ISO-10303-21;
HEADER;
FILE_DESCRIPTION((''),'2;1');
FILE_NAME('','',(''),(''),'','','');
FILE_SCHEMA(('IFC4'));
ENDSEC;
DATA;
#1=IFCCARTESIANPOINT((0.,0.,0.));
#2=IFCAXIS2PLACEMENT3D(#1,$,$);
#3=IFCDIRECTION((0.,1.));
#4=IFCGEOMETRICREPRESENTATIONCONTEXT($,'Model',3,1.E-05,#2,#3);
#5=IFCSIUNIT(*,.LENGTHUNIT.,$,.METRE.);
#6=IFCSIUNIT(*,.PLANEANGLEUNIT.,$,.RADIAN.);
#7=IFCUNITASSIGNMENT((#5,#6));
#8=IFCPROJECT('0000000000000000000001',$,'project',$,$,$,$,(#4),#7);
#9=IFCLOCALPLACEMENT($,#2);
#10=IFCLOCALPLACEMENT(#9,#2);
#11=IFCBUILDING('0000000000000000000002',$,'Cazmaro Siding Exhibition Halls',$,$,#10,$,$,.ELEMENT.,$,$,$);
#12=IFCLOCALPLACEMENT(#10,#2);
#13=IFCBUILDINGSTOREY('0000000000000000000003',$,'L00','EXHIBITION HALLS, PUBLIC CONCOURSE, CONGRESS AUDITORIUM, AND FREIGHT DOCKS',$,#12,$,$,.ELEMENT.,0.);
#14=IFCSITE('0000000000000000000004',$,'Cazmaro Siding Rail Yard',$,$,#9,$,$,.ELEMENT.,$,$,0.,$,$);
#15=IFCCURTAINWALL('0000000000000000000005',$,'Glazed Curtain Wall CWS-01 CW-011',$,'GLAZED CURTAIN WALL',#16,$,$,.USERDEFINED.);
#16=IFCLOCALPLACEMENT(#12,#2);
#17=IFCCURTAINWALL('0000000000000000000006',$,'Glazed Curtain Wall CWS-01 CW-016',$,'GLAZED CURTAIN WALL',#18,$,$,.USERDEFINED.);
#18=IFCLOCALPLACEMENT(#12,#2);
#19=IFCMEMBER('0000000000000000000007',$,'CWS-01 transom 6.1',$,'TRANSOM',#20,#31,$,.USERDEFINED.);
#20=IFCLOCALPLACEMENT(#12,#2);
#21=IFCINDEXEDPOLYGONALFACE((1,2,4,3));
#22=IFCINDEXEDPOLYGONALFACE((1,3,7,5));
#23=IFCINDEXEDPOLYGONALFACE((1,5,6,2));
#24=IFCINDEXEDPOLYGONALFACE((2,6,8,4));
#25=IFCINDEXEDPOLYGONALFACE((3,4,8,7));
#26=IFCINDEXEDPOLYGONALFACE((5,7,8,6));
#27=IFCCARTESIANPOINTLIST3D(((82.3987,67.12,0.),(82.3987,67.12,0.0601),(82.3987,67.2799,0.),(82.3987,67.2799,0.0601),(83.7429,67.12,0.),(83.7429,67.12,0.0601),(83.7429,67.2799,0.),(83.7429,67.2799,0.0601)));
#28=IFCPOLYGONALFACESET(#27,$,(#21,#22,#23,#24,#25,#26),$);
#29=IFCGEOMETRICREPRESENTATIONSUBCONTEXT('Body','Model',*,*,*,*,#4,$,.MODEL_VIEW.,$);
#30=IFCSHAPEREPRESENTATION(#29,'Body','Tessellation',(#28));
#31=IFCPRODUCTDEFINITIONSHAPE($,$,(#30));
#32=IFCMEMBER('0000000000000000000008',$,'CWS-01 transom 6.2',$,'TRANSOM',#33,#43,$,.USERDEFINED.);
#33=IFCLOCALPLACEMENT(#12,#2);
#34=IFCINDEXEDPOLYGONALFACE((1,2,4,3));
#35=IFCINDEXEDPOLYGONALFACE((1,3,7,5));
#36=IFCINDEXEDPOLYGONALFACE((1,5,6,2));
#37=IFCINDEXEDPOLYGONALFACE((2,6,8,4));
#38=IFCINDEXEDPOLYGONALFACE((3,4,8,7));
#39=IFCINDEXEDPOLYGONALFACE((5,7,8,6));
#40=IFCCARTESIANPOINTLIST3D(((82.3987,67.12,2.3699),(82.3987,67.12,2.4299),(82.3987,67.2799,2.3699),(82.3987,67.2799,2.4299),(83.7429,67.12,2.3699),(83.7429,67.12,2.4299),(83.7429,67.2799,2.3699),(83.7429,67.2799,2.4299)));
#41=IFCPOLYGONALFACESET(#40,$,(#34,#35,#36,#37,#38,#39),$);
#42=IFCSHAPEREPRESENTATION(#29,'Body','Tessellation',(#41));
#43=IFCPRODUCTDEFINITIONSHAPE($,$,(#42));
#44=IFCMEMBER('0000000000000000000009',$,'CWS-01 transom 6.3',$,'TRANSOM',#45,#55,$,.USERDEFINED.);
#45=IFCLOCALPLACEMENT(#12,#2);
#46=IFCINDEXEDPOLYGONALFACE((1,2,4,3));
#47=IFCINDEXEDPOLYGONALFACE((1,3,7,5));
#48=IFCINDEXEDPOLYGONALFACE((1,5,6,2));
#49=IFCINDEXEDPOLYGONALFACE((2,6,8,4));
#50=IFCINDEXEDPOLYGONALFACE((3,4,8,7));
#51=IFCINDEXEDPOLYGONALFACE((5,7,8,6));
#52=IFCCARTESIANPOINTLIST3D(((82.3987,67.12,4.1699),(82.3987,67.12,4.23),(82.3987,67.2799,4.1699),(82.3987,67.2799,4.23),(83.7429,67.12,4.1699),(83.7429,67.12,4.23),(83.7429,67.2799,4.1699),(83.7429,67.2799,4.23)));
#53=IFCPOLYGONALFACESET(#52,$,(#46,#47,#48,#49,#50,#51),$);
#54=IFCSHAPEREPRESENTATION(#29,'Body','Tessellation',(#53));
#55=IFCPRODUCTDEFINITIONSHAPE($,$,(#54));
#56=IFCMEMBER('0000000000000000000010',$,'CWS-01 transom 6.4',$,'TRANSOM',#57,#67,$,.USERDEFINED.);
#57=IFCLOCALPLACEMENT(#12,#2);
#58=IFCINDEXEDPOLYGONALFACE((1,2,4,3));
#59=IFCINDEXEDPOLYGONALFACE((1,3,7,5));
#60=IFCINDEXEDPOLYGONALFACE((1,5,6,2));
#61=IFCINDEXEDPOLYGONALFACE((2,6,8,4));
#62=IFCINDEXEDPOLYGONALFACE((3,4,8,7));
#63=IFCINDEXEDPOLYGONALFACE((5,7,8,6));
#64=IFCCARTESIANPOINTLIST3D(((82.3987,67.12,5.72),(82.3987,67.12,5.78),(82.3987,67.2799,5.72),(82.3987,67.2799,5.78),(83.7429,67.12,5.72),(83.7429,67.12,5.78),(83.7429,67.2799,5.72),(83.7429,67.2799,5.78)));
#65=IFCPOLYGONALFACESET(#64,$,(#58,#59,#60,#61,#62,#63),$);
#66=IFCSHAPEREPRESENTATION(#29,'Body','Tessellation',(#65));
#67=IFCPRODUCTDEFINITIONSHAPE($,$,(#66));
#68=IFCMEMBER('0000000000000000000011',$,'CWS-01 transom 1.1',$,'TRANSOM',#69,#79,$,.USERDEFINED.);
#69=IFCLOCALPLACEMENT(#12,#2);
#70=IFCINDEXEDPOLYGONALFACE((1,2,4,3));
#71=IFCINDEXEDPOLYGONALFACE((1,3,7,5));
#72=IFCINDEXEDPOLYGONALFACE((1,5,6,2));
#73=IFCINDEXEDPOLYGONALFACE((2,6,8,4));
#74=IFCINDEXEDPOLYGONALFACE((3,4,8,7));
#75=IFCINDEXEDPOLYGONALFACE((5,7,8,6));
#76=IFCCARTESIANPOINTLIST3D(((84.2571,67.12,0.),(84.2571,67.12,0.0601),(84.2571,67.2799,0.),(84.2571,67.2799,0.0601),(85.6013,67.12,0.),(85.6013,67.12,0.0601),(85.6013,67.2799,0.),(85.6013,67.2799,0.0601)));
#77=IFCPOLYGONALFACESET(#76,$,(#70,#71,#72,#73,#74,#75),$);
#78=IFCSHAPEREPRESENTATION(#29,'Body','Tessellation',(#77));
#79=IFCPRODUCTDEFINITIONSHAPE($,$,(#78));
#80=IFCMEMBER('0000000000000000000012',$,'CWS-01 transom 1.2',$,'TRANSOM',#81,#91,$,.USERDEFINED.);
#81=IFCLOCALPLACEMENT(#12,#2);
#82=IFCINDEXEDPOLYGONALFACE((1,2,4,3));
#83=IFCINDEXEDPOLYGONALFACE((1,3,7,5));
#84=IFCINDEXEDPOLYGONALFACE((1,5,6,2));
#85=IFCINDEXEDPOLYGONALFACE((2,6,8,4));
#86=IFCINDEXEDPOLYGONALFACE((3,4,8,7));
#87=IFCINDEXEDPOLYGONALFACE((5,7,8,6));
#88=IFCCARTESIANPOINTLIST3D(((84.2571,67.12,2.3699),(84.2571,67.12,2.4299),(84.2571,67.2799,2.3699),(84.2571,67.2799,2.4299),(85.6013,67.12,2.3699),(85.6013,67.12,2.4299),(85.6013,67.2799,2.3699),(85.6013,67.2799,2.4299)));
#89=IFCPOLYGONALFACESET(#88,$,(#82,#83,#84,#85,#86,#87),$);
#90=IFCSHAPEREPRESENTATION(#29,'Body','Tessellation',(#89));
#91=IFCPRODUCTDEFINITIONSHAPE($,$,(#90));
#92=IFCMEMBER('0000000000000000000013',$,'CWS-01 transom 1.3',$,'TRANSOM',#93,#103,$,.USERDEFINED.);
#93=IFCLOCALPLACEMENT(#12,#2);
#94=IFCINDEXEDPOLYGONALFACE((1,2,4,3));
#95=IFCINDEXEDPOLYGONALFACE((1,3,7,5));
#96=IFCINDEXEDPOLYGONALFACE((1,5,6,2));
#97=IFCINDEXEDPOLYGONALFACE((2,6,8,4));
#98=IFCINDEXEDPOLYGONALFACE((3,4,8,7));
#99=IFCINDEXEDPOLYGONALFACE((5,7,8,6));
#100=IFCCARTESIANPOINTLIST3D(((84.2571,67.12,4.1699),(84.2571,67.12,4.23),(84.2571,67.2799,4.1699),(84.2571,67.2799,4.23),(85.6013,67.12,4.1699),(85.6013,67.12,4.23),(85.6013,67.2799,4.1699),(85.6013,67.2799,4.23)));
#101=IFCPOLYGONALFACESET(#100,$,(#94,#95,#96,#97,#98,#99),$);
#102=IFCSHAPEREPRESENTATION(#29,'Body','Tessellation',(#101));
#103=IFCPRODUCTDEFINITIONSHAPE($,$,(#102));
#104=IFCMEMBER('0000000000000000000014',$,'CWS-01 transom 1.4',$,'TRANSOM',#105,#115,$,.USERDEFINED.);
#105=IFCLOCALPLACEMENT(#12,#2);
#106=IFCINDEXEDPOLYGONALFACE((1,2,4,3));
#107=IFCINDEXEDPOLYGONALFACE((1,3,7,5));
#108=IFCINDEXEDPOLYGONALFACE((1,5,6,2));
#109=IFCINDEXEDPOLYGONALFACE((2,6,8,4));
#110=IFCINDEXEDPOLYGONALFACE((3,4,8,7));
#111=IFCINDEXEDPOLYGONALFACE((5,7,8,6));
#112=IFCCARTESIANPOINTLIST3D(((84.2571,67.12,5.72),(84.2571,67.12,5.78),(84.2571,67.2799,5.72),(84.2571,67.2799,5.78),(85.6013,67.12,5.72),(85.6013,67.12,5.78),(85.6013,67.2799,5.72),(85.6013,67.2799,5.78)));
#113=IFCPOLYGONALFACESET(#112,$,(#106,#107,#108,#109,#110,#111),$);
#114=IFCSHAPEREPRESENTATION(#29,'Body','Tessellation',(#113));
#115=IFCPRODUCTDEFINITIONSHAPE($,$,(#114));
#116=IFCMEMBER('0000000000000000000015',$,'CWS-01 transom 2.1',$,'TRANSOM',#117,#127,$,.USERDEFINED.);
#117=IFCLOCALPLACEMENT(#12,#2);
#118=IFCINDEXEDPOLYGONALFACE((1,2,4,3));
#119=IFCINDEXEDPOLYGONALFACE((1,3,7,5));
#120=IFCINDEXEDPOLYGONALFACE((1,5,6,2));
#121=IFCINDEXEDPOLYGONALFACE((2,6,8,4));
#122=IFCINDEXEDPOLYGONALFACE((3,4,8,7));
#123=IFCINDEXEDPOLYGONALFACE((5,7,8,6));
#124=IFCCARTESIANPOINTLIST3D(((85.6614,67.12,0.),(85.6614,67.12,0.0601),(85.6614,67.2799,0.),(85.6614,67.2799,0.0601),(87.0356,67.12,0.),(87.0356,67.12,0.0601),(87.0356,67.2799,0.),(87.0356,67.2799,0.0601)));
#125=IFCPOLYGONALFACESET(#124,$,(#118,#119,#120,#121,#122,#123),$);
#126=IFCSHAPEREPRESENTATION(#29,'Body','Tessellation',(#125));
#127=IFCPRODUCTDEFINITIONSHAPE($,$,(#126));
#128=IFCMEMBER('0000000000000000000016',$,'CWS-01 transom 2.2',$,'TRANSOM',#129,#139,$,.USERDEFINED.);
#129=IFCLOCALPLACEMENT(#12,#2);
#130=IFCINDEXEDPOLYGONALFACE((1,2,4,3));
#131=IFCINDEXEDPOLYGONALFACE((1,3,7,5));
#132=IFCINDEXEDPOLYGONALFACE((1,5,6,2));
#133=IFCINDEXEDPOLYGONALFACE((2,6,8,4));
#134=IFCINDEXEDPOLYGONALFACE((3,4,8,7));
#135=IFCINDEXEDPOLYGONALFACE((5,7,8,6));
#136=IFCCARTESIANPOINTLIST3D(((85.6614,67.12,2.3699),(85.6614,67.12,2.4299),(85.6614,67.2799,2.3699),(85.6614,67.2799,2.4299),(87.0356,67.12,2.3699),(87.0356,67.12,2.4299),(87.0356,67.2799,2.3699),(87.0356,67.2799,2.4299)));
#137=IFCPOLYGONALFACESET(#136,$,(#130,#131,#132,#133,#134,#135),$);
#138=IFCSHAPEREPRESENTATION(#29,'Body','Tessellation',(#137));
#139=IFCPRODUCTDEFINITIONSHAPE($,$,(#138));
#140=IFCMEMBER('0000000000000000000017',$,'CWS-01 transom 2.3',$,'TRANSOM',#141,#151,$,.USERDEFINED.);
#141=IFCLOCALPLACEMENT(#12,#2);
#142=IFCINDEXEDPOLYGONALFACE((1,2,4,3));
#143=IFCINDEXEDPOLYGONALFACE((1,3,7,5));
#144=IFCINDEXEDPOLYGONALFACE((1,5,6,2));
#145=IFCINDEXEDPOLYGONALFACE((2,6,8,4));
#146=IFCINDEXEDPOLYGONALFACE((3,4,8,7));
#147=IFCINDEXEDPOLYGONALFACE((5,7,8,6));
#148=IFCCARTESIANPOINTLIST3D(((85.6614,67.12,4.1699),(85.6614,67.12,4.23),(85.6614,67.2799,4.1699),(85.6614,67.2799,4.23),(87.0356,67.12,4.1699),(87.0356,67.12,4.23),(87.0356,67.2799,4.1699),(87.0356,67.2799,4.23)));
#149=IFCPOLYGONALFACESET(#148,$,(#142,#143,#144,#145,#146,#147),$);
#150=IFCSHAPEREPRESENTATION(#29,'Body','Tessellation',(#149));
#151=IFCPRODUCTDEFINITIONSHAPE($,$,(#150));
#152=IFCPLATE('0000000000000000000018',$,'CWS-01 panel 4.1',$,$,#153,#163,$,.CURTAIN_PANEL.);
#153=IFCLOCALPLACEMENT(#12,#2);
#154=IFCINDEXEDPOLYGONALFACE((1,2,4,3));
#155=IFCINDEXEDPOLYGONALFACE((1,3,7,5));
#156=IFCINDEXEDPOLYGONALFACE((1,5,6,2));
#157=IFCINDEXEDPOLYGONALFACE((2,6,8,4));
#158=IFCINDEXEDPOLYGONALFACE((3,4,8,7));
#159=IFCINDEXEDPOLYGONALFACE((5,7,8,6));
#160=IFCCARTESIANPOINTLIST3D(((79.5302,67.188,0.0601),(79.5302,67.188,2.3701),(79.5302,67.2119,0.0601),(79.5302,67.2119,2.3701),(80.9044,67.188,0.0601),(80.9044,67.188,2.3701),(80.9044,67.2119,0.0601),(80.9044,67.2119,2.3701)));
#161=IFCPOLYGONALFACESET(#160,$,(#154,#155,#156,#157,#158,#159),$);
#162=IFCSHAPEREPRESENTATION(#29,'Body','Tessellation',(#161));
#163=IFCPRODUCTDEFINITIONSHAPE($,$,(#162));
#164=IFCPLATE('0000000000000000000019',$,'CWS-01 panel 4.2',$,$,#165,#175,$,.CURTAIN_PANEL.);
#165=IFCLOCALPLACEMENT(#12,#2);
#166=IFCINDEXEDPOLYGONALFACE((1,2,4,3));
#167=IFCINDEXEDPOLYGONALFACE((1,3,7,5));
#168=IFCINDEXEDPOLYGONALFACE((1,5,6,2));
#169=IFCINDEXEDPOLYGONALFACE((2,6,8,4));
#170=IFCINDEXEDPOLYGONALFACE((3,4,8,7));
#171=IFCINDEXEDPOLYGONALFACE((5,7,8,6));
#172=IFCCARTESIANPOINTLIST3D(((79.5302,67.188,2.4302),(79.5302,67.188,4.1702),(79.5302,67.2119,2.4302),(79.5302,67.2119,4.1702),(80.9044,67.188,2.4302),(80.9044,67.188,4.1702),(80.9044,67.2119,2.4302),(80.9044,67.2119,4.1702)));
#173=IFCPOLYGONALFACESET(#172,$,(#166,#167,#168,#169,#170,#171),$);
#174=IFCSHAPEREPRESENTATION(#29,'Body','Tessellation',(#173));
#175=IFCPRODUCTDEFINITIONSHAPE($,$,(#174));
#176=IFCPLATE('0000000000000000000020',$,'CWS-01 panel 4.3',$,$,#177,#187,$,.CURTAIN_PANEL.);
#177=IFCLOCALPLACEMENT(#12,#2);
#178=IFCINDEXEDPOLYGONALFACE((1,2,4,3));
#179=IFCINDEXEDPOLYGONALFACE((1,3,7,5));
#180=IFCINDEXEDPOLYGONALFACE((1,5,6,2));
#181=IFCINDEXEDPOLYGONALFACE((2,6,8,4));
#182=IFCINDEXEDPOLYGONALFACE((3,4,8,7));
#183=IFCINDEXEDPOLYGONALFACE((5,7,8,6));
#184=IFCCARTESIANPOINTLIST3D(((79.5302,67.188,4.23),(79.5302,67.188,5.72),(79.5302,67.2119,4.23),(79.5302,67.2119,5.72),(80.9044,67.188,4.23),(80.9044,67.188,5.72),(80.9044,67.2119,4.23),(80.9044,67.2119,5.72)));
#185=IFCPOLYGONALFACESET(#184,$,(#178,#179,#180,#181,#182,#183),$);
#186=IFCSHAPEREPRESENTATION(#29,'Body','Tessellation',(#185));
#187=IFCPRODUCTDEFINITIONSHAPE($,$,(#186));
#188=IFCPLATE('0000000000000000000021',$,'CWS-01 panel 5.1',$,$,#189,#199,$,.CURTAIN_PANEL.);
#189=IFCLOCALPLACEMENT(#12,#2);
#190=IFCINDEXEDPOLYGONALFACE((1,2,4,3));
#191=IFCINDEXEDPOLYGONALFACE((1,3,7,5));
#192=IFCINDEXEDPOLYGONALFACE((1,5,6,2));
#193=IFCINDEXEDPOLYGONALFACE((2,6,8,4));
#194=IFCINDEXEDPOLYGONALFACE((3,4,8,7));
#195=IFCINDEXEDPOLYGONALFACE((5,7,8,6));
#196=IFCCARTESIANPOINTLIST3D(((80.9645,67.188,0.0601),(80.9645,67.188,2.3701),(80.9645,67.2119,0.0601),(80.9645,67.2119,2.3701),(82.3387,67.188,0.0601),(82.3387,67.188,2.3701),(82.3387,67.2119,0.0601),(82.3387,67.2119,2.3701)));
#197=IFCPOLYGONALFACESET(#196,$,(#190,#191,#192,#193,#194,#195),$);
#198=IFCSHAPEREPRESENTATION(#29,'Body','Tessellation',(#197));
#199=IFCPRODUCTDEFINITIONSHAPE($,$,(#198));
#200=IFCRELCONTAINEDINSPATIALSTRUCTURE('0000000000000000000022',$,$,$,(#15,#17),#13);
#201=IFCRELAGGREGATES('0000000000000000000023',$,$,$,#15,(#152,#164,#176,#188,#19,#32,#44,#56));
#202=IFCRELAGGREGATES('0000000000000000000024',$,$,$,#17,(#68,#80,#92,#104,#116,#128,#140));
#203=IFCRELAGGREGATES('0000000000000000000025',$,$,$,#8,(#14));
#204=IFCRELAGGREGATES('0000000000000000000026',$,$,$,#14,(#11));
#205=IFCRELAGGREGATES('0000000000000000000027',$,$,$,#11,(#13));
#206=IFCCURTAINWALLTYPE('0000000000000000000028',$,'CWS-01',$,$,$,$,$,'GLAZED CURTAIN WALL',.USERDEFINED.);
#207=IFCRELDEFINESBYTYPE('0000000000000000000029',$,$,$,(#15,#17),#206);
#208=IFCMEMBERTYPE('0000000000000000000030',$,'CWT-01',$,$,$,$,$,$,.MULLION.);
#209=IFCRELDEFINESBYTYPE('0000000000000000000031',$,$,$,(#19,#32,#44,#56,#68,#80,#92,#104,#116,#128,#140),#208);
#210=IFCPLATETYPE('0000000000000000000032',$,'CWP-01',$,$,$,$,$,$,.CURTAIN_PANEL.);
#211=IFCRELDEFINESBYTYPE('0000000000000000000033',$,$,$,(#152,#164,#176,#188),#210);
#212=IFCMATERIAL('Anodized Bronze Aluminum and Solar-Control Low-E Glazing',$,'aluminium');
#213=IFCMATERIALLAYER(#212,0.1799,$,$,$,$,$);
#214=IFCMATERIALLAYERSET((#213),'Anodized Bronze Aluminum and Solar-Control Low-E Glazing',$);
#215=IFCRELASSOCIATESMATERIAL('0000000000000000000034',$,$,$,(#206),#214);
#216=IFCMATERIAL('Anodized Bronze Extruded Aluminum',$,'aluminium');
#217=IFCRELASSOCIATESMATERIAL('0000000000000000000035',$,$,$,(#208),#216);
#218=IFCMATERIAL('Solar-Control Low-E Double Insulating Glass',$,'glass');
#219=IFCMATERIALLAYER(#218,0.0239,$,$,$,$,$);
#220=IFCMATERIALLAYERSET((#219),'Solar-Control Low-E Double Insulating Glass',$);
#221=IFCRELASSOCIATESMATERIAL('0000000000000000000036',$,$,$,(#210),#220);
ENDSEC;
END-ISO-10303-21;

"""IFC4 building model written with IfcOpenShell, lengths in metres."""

from ifc_helpers import new_model, si_unit, direction, frame, origin, origin_2d, place, context, subcontext, project, spatial, rectangle, extrude, material, layer, layer_set, material_profile, profile_set, type_object, element, aggregate, save


model = new_model("IFC4")

# Units and contexts
model_context = context("Model", 3, precision=1e-05, world=origin(), true_north=direction((0.0, 1.0)))
body_context = subcontext(model_context, "Body", "Model", "MODEL_VIEW")
ifc_project = project(units=[si_unit("LENGTHUNIT", "METRE"), si_unit("PLANEANGLEUNIT", "RADIAN")], contexts=[model_context])

# Site, building, storey
site_placement = place(None, origin())
site = spatial("IfcSite", under=ifc_project, at=site_placement, Name="Cazmaro Siding Rail Yard", CompositionType="ELEMENT", RefElevation=0.0)
building_placement = place(site_placement, origin())
building = spatial("IfcBuilding", under=site, at=building_placement, Name="Cazmaro Siding Exhibition Halls", CompositionType="ELEMENT")
storey_placement = place(building_placement, origin())
storey = spatial("IfcBuildingStorey", under=building, at=storey_placement, Name="L00", Description="EXHIBITION HALLS, PUBLIC CONCOURSE, CONGRESS AUDITORIUM, AND FREIGHT DOCKS", CompositionType="ELEMENT", Elevation=0.0)

# Curtain walls
ifc_material_1 = material(Name="Anodized Bronze Aluminum and Solar-Control Low-E Glazing", Category="aluminium")
ifc_layer_1 = layer(ifc_material_1, 0.1799)
ifc_layer_set_1 = layer_set([ifc_layer_1], Name="Anodized Bronze Aluminum and Solar-Control Low-E Glazing")
curtain_wall_type = type_object("IfcCurtainWallType", Name="CWS-01", ElementType="GLAZED CURTAIN WALL", PredefinedType="USERDEFINED", material=ifc_layer_set_1)
curtain_wall_1_placement = place(storey_placement, origin())
curtain_wall_1 = element("IfcCurtainWall", 1, at=curtain_wall_1_placement, inside=storey, type_object=curtain_wall_type, Name="Glazed Curtain Wall CWS-01 CW-011", ObjectType="GLAZED CURTAIN WALL", PredefinedType="USERDEFINED")
curtain_wall_2_placement = place(storey_placement, origin())
curtain_wall_2 = element("IfcCurtainWall", 2, at=curtain_wall_2_placement, inside=storey, type_object=curtain_wall_type, Name="Glazed Curtain Wall CWS-01 CW-016", ObjectType="GLAZED CURTAIN WALL", PredefinedType="USERDEFINED")

# Members
ifc_material_2 = material(Name="Anodized Bronze Extruded Aluminum", Category="aluminium")
ifc_material_profile_1 = material_profile(ifc_material_2, rectangle(XDim=0.1599, YDim=0.0601, at=origin_2d()), Name="CWT-01")
ifc_profile_set_1 = profile_set([ifc_material_profile_1], Name="Anodized Bronze Extruded Aluminum")
member_type_1 = type_object("IfcMemberType", Name="CWT-01", PredefinedType="MULLION", material=ifc_profile_set_1)
member_1_placement = place(storey_placement, frame((82.3987, 67.2, 0.03), z_axis=(1.0, 0.0, 0.0), x_axis=(0.0, 1.0, 0.0)))
member_1 = element("IfcMember", 3, at=member_1_placement, type_object=member_type_1, Name="CWS-01 transom 6.1", ObjectType="TRANSOM", PredefinedType="USERDEFINED", context=body_context, shape_type="SweptSolid", body=[
    extrude(rectangle(XDim=0.1599, YDim=0.0601, at=origin_2d()), origin(), (0.0, 0.0, 1.0), 1.3442),
])
member_2_placement = place(storey_placement, frame((82.3987, 67.2, 2.3999), z_axis=(1.0, 0.0, 0.0), x_axis=(0.0, 1.0, 0.0)))
member_2 = element("IfcMember", 4, at=member_2_placement, type_object=member_type_1, Name="CWS-01 transom 6.2", ObjectType="TRANSOM", PredefinedType="USERDEFINED", context=body_context, shape_type="SweptSolid", body=[
    extrude(rectangle(XDim=0.1599, YDim=0.0601, at=origin_2d()), origin(), (0.0, 0.0, 1.0), 1.3442),
])
member_3_placement = place(storey_placement, frame((82.3987, 67.2, 4.2), z_axis=(1.0, 0.0, 0.0), x_axis=(0.0, 1.0, 0.0)))
member_3 = element("IfcMember", 5, at=member_3_placement, type_object=member_type_1, Name="CWS-01 transom 6.3", ObjectType="TRANSOM", PredefinedType="USERDEFINED", context=body_context, shape_type="SweptSolid", body=[
    extrude(rectangle(XDim=0.1599, YDim=0.0601, at=origin_2d()), origin(), (0.0, 0.0, 1.0), 1.3442),
])
member_4_placement = place(storey_placement, frame((82.3987, 67.2, 5.75), z_axis=(1.0, 0.0, 0.0), x_axis=(0.0, 1.0, 0.0)))
member_4 = element("IfcMember", 6, at=member_4_placement, type_object=member_type_1, Name="CWS-01 transom 6.4", ObjectType="TRANSOM", PredefinedType="USERDEFINED", context=body_context, shape_type="SweptSolid", body=[
    extrude(rectangle(XDim=0.1599, YDim=0.0601, at=origin_2d()), origin(), (0.0, 0.0, 1.0), 1.3442),
])
member_5_placement = place(storey_placement, frame((84.2571, 67.2, 0.03), z_axis=(1.0, 0.0, 0.0), x_axis=(0.0, 1.0, 0.0)))
member_5 = element("IfcMember", 7, at=member_5_placement, type_object=member_type_1, Name="CWS-01 transom 1.1", ObjectType="TRANSOM", PredefinedType="USERDEFINED", context=body_context, shape_type="SweptSolid", body=[
    extrude(rectangle(XDim=0.1599, YDim=0.0601, at=origin_2d()), origin(), (0.0, 0.0, 1.0), 1.3442),
])
member_6_placement = place(storey_placement, frame((84.2571, 67.2, 2.3999), z_axis=(1.0, 0.0, 0.0), x_axis=(0.0, 1.0, 0.0)))
member_6 = element("IfcMember", 8, at=member_6_placement, type_object=member_type_1, Name="CWS-01 transom 1.2", ObjectType="TRANSOM", PredefinedType="USERDEFINED", context=body_context, shape_type="SweptSolid", body=[
    extrude(rectangle(XDim=0.1599, YDim=0.0601, at=origin_2d()), origin(), (0.0, 0.0, 1.0), 1.3442),
])
member_7_placement = place(storey_placement, frame((84.2571, 67.2, 4.2), z_axis=(1.0, 0.0, 0.0), x_axis=(0.0, 1.0, 0.0)))
member_7 = element("IfcMember", 9, at=member_7_placement, type_object=member_type_1, Name="CWS-01 transom 1.3", ObjectType="TRANSOM", PredefinedType="USERDEFINED", context=body_context, shape_type="SweptSolid", body=[
    extrude(rectangle(XDim=0.1599, YDim=0.0601, at=origin_2d()), origin(), (0.0, 0.0, 1.0), 1.3442),
])
member_8_placement = place(storey_placement, frame((84.2571, 67.2, 5.75), z_axis=(1.0, 0.0, 0.0), x_axis=(0.0, 1.0, 0.0)))
member_8 = element("IfcMember", 10, at=member_8_placement, type_object=member_type_1, Name="CWS-01 transom 1.4", ObjectType="TRANSOM", PredefinedType="USERDEFINED", context=body_context, shape_type="SweptSolid", body=[
    extrude(rectangle(XDim=0.1599, YDim=0.0601, at=origin_2d()), origin(), (0.0, 0.0, 1.0), 1.3442),
])
member_9_placement = place(storey_placement, frame((85.6614, 67.2, 0.03), z_axis=(1.0, 0.0, 0.0), x_axis=(0.0, 1.0, 0.0)))
member_9 = element("IfcMember", 11, at=member_9_placement, type_object=member_type_1, Name="CWS-01 transom 2.1", ObjectType="TRANSOM", PredefinedType="USERDEFINED", context=body_context, shape_type="SweptSolid", body=[
    extrude(rectangle(XDim=0.1599, YDim=0.0601, at=origin_2d()), origin(), (0.0, 0.0, 1.0), 1.3743),
])
member_10_placement = place(storey_placement, frame((85.6614, 67.2, 2.3999), z_axis=(1.0, 0.0, 0.0), x_axis=(0.0, 1.0, 0.0)))
member_10 = element("IfcMember", 12, at=member_10_placement, type_object=member_type_1, Name="CWS-01 transom 2.2", ObjectType="TRANSOM", PredefinedType="USERDEFINED", context=body_context, shape_type="SweptSolid", body=[
    extrude(rectangle(XDim=0.1599, YDim=0.0601, at=origin_2d()), origin(), (0.0, 0.0, 1.0), 1.3743),
])
member_11_placement = place(storey_placement, frame((85.6614, 67.2, 4.2), z_axis=(1.0, 0.0, 0.0), x_axis=(0.0, 1.0, 0.0)))
member_11 = element("IfcMember", 13, at=member_11_placement, type_object=member_type_1, Name="CWS-01 transom 2.3", ObjectType="TRANSOM", PredefinedType="USERDEFINED", context=body_context, shape_type="SweptSolid", body=[
    extrude(rectangle(XDim=0.1599, YDim=0.0601, at=origin_2d()), origin(), (0.0, 0.0, 1.0), 1.3743),
])

# Plates
ifc_material_3 = material(Name="Solar-Control Low-E Double Insulating Glass", Category="glass")
ifc_layer_2 = layer(ifc_material_3, 0.0239)
ifc_layer_set_2 = layer_set([ifc_layer_2], Name="Solar-Control Low-E Double Insulating Glass")
plate_type = type_object("IfcPlateType", Name="CWP-01", PredefinedType="CURTAIN_PANEL", material=ifc_layer_set_2)
plate_1_placement = place(storey_placement, frame((80.2173, 67.2, 0.0601), z_axis=(0.0, 0.0, 1.0), x_axis=(1.0, 0.0, 0.0)))
plate_1 = element("IfcPlate", 14, at=plate_1_placement, type_object=plate_type, Name="CWS-01 panel 4.1", PredefinedType="CURTAIN_PANEL", context=body_context, shape_type="SweptSolid", body=[
    extrude(rectangle(XDim=1.3743, YDim=0.0239, at=origin_2d()), origin(), (0.0, 0.0, 1.0), 2.3101),
])
plate_2_placement = place(storey_placement, frame((80.2173, 67.2, 2.4302), z_axis=(0.0, 0.0, 1.0), x_axis=(1.0, 0.0, 0.0)))
plate_2 = element("IfcPlate", 15, at=plate_2_placement, type_object=plate_type, Name="CWS-01 panel 4.2", PredefinedType="CURTAIN_PANEL", context=body_context, shape_type="SweptSolid", body=[
    extrude(rectangle(XDim=1.3743, YDim=0.0239, at=origin_2d()), origin(), (0.0, 0.0, 1.0), 1.74),
])
plate_3_placement = place(storey_placement, frame((80.2173, 67.2, 4.23), z_axis=(0.0, 0.0, 1.0), x_axis=(1.0, 0.0, 0.0)))
plate_3 = element("IfcPlate", 16, at=plate_3_placement, type_object=plate_type, Name="CWS-01 panel 4.3", PredefinedType="CURTAIN_PANEL", context=body_context, shape_type="SweptSolid", body=[
    extrude(rectangle(XDim=1.3743, YDim=0.0239, at=origin_2d()), origin(), (0.0, 0.0, 1.0), 1.49),
])
plate_4_placement = place(storey_placement, frame((81.6516, 67.2, 0.0601), z_axis=(0.0, 0.0, 1.0), x_axis=(1.0, 0.0, 0.0)))
plate_4 = element("IfcPlate", 17, at=plate_4_placement, type_object=plate_type, Name="CWS-01 panel 5.1", PredefinedType="CURTAIN_PANEL", context=body_context, shape_type="SweptSolid", body=[
    extrude(rectangle(XDim=1.3743, YDim=0.0239, at=origin_2d()), origin(), (0.0, 0.0, 1.0), 2.3101),
])
aggregate(curtain_wall_1, [plate_1, plate_2, plate_3, plate_4, member_1, member_2, member_3, member_4])
aggregate(curtain_wall_2, [member_5, member_6, member_7, member_8, member_9, member_10, member_11])

save(model, "model.ifc")
